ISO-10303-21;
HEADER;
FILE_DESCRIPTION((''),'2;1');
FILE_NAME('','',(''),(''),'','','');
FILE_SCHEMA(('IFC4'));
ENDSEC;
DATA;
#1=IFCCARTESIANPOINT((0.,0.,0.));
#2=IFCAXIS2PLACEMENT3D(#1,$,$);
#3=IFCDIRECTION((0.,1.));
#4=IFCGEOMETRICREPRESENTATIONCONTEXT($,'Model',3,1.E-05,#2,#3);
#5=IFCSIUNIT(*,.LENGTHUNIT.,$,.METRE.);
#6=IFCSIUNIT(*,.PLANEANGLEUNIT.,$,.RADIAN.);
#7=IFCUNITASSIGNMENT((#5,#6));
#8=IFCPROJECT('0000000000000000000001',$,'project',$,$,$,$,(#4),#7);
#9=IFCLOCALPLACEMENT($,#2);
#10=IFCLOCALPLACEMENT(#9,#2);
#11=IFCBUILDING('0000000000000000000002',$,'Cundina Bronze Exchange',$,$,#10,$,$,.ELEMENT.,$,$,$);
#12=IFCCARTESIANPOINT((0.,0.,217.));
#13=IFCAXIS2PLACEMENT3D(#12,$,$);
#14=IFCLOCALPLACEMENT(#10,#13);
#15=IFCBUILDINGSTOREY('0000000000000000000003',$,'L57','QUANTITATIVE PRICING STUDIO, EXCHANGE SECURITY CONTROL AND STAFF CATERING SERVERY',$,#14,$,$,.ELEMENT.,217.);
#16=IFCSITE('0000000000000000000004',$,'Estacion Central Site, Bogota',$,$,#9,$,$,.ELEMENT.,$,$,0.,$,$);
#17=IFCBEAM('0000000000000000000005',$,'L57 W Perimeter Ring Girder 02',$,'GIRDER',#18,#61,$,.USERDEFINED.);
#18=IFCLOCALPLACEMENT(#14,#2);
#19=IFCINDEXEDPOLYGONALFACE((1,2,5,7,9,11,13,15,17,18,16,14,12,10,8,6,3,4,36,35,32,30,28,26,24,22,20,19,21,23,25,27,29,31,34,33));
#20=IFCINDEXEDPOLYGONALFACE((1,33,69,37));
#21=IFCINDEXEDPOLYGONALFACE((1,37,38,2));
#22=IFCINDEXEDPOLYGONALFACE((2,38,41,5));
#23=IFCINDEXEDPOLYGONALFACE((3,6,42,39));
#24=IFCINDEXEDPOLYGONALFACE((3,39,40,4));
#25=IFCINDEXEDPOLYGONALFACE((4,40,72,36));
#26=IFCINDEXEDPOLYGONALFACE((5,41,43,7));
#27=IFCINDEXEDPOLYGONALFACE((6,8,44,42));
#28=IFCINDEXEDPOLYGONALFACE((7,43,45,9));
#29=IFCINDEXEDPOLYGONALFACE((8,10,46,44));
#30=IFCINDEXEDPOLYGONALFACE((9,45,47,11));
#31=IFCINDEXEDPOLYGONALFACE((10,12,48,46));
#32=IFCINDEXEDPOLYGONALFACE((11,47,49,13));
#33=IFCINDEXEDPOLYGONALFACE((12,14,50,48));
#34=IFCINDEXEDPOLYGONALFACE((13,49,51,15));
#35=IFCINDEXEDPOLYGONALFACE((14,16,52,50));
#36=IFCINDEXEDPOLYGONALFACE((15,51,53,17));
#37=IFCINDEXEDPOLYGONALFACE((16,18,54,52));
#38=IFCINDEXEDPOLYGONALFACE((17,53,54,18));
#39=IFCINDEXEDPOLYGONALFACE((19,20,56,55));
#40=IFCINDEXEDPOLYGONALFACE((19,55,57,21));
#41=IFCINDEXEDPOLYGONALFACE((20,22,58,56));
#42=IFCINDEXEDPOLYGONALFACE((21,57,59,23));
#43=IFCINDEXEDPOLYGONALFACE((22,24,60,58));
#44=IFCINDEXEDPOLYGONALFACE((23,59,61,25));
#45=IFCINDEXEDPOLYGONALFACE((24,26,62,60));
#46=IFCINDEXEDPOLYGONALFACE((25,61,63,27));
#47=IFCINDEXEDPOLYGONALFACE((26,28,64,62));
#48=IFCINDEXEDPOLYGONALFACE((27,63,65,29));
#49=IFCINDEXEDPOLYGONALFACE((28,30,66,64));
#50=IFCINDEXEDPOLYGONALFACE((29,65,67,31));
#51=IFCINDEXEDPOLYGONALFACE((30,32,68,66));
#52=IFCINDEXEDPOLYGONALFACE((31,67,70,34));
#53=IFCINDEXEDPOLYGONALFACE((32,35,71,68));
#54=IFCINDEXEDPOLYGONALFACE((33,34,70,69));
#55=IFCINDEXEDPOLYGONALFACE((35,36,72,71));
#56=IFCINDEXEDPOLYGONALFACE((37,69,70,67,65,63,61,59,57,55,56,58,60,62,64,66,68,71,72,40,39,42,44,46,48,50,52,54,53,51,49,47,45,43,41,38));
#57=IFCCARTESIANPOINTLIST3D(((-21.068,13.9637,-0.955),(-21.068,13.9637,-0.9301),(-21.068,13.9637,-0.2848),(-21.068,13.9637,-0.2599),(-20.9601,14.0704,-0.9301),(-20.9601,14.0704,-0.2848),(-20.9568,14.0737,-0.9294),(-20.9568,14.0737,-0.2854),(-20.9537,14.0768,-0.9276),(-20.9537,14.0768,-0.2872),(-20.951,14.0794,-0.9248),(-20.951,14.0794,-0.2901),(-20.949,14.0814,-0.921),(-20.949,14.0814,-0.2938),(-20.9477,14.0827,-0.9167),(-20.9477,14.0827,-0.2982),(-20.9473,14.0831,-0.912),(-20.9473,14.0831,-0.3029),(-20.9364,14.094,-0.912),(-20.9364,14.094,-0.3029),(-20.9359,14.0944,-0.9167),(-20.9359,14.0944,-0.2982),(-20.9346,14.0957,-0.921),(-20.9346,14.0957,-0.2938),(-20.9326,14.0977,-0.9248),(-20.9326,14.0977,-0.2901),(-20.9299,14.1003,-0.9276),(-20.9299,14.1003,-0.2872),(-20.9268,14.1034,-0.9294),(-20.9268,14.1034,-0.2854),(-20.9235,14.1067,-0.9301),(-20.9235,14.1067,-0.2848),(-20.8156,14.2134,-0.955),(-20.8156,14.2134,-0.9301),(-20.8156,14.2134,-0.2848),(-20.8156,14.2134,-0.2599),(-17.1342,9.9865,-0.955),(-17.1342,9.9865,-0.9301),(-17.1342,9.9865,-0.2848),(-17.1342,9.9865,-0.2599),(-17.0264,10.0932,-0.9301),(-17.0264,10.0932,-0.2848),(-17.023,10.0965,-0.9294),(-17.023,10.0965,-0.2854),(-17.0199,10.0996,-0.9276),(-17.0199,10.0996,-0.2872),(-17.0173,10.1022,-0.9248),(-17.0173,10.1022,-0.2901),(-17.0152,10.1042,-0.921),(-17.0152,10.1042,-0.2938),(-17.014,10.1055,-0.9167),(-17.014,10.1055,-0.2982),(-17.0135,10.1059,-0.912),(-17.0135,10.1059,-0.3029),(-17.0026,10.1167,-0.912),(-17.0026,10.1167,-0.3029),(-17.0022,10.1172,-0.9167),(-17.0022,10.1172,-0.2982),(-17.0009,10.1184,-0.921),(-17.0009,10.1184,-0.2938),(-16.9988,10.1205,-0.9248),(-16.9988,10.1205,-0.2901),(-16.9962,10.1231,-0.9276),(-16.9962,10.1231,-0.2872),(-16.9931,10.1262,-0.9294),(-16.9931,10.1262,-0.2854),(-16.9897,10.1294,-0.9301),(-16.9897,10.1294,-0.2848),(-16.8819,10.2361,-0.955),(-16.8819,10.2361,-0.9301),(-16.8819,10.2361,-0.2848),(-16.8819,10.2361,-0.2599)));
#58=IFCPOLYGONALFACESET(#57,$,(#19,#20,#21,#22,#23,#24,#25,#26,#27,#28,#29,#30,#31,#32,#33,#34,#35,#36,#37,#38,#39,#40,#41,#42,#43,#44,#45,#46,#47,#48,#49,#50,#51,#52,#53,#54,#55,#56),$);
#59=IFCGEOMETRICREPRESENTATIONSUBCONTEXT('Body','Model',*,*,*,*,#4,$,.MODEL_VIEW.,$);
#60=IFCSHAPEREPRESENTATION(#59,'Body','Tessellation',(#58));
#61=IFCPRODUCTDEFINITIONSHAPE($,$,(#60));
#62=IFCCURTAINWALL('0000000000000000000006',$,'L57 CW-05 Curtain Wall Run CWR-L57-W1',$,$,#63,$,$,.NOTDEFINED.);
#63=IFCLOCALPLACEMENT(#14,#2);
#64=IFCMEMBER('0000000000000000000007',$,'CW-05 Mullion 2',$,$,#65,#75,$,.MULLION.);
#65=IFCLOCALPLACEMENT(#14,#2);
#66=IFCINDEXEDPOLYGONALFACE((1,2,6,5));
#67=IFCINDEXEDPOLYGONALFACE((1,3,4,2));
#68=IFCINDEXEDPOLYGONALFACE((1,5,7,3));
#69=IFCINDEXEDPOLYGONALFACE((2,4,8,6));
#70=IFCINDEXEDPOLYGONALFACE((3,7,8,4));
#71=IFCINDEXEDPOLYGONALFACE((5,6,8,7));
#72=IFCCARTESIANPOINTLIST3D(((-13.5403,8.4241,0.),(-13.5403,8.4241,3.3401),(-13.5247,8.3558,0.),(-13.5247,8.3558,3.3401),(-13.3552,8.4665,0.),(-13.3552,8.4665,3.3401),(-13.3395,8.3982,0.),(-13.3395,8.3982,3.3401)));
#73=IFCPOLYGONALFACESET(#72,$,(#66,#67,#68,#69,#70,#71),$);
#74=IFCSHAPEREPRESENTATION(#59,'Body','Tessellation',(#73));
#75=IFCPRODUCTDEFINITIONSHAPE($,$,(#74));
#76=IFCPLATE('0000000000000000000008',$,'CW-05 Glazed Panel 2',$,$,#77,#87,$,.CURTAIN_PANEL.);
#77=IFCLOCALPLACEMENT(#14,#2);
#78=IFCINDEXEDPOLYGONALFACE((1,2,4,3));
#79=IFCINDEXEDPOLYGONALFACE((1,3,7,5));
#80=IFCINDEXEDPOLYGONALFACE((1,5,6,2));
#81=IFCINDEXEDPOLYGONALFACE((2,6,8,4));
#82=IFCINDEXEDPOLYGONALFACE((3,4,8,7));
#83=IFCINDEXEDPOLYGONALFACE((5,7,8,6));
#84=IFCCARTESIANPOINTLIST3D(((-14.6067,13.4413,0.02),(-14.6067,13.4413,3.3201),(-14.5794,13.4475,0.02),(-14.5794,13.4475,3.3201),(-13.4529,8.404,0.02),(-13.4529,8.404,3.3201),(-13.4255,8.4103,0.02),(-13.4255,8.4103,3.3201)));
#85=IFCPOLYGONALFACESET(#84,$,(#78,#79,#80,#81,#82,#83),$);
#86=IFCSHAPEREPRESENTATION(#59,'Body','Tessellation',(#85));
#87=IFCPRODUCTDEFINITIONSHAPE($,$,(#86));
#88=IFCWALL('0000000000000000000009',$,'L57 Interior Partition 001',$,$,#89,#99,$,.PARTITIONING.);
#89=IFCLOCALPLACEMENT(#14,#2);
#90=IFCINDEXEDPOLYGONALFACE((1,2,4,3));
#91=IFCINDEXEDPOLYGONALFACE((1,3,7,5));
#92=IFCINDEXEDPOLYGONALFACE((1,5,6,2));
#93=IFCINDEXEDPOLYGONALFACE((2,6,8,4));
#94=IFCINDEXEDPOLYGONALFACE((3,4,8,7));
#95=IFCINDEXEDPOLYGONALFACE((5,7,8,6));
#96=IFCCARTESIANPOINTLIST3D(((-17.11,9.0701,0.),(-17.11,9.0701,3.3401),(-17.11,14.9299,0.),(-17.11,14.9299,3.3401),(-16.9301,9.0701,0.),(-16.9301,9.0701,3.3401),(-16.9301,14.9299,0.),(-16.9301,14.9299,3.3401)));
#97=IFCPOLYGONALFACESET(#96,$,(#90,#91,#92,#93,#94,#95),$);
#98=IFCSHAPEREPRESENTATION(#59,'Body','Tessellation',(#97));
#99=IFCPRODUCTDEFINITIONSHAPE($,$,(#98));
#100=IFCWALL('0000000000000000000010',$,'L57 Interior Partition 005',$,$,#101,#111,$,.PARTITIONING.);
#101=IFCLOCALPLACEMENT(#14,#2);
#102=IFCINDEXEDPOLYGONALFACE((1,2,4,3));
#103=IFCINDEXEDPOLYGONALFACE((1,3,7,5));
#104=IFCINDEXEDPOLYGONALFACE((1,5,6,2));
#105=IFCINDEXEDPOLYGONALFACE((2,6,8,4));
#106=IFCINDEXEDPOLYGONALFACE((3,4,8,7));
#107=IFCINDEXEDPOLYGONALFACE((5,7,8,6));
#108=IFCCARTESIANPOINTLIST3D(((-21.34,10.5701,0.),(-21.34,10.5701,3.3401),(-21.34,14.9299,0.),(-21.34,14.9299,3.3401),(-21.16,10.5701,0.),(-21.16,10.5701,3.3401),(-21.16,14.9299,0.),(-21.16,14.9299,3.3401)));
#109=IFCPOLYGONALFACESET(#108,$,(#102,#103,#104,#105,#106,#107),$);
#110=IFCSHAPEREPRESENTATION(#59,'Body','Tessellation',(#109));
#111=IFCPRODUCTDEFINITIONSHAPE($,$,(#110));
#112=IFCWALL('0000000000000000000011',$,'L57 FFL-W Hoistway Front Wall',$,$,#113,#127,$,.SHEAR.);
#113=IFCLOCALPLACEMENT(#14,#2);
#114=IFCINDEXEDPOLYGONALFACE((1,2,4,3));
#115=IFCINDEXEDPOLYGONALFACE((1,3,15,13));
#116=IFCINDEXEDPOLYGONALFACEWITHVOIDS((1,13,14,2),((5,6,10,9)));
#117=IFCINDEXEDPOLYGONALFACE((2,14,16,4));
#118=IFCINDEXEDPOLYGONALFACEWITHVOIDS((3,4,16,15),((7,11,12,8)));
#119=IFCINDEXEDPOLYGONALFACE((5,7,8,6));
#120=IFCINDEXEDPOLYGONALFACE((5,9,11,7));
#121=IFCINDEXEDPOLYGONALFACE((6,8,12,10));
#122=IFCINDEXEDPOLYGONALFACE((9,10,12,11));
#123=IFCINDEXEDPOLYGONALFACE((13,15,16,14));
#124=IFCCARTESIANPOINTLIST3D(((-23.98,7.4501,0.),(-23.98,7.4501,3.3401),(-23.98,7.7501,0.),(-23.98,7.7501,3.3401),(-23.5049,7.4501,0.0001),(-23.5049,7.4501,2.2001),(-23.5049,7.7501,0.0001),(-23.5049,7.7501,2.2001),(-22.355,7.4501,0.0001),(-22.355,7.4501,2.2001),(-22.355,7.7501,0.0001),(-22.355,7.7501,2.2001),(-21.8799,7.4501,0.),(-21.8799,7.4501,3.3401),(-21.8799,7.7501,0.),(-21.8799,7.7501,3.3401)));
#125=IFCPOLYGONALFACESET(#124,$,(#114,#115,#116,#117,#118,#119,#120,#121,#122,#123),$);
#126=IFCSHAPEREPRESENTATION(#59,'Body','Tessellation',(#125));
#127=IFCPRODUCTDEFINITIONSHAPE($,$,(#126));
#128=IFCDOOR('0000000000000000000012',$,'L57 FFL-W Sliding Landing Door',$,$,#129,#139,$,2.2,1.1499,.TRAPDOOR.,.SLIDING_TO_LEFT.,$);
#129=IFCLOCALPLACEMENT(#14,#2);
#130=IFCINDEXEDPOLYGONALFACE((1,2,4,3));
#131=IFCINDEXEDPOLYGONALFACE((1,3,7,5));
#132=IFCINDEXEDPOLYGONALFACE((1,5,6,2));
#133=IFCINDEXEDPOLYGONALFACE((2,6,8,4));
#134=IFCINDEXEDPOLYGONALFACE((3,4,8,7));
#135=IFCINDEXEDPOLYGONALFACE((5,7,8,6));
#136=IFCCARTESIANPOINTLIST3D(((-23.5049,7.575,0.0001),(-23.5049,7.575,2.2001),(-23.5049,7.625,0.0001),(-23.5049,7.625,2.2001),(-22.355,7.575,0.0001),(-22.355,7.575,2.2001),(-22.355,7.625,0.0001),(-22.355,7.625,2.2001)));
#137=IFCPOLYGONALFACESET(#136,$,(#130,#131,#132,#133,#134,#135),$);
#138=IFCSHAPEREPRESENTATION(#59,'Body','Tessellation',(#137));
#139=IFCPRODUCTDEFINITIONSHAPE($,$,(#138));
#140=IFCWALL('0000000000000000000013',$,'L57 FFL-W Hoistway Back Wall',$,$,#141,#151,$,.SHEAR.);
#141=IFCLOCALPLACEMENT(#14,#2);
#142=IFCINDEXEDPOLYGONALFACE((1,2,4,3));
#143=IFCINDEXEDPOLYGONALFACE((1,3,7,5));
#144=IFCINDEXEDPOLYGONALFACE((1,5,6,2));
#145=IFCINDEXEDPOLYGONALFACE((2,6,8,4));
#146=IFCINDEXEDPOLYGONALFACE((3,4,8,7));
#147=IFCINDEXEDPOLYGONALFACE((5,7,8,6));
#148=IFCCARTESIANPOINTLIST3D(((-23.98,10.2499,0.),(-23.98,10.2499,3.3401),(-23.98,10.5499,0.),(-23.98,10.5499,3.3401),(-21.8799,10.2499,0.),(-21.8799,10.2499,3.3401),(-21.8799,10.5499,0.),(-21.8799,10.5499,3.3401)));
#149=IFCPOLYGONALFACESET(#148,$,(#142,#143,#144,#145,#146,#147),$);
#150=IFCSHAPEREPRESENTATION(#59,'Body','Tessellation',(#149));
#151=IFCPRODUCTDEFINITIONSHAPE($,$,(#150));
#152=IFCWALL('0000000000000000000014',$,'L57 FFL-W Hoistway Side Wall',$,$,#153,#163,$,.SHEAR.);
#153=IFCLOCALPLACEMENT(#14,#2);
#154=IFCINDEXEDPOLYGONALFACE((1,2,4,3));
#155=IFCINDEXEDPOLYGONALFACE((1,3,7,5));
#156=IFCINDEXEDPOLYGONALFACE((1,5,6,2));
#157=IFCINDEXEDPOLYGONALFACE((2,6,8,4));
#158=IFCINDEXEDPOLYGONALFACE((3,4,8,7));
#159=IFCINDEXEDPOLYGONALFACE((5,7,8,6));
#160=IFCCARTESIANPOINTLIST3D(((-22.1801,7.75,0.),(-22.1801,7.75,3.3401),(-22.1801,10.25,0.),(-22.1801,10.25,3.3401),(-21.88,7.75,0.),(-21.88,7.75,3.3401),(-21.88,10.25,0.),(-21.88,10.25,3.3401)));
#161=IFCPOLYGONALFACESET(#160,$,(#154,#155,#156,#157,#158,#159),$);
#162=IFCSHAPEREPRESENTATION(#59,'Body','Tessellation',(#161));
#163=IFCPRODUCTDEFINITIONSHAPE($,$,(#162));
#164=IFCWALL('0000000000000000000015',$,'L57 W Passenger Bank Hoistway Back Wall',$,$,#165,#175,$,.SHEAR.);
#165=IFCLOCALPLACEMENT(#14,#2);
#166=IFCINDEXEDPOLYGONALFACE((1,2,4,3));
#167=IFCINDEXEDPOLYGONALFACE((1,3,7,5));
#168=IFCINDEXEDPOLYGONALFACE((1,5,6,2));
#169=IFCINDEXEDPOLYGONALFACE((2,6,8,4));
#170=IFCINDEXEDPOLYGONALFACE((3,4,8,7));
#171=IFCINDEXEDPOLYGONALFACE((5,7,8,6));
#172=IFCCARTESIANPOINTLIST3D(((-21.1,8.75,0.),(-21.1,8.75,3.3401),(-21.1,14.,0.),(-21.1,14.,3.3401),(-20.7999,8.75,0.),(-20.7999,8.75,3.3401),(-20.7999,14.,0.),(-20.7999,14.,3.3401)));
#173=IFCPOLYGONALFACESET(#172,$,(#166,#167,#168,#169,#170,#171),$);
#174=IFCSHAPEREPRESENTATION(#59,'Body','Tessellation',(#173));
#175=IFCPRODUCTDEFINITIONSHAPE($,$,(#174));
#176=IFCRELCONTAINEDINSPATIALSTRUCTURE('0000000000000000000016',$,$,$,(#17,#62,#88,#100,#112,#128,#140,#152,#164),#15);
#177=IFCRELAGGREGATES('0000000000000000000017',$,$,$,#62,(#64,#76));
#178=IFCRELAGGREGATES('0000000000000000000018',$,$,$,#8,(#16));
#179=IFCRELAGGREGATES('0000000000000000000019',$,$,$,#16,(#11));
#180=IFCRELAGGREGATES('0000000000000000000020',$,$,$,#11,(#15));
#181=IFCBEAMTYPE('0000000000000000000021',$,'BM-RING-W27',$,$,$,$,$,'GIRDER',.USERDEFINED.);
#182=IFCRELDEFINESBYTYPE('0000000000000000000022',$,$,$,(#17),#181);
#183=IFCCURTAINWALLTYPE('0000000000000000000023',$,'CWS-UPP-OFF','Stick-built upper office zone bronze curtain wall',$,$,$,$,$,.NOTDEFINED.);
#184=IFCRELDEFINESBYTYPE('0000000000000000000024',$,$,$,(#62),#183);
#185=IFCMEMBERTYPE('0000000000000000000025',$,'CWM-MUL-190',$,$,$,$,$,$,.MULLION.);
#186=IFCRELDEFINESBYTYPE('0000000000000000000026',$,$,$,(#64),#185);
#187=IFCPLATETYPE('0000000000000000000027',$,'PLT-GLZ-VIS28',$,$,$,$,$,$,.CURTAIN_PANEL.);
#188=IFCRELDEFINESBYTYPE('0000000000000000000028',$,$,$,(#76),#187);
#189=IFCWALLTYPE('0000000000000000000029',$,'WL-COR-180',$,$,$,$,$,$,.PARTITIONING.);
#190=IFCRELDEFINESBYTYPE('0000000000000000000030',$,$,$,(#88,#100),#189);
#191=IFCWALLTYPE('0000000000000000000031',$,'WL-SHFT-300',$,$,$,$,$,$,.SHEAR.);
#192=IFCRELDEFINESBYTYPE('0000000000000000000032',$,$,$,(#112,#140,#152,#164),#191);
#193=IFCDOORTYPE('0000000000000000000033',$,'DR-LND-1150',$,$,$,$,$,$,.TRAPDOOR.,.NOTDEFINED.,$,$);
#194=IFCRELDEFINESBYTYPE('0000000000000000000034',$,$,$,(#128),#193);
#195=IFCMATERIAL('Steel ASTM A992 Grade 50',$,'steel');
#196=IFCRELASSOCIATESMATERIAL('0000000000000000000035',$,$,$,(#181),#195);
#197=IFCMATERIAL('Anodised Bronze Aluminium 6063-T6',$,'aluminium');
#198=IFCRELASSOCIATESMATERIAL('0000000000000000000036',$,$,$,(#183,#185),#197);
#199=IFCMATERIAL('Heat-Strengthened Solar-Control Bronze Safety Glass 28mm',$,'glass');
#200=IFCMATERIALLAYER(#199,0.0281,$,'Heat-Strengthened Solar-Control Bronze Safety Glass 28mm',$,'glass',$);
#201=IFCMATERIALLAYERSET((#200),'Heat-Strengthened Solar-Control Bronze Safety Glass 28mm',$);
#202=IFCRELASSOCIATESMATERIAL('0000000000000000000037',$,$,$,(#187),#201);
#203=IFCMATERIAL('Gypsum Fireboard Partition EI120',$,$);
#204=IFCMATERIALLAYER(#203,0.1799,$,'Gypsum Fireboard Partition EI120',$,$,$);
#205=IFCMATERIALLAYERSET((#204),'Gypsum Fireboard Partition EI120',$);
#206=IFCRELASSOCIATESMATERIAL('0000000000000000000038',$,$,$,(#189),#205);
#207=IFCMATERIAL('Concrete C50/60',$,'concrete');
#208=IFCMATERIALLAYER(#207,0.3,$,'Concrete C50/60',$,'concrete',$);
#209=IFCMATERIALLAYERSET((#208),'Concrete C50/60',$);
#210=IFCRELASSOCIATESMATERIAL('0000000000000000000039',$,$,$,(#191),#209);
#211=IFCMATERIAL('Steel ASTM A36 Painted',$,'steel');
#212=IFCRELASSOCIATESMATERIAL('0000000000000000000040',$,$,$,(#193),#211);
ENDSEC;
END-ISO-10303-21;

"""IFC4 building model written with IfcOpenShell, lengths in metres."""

from ifc_helpers import new_model, si_unit, direction, frame, frame_2d, origin, origin_2d, place, context, subcontext, project, spatial, rectangle, i_section, extrude, material, layer, layer_set, material_profile, profile_set, type_object, element, fill, aggregate, save


model = new_model("IFC4")

# Units and contexts
model_context = context("Model", 3, precision=1e-05, world=origin(), true_north=direction((0.0, 1.0)))
body_context = subcontext(model_context, "Body", "Model", "MODEL_VIEW")
ifc_project = project(units=[si_unit("LENGTHUNIT", "METRE"), si_unit("PLANEANGLEUNIT", "RADIAN")], contexts=[model_context])

# Site, building, storey
site_placement = place(None, origin())
site = spatial("IfcSite", under=ifc_project, at=site_placement, Name="Estacion Central Site, Bogota", CompositionType="ELEMENT", RefElevation=0.0)
building_placement = place(site_placement, origin())
building = spatial("IfcBuilding", under=site, at=building_placement, Name="Cundina Bronze Exchange", CompositionType="ELEMENT")
storey_placement = place(building_placement, frame((0.0, 0.0, 217.0)))
storey = spatial("IfcBuildingStorey", under=building, at=storey_placement, Name="L57", Description="QUANTITATIVE PRICING STUDIO, EXCHANGE SECURITY CONTROL AND STAFF CATERING SERVERY", CompositionType="ELEMENT", Elevation=217.0)

# Shared definitions
ifc_material_1 = material(Name="Concrete C50/60", Category="concrete")

# Beam
ifc_material_2 = material(Name="Steel ASTM A992 Grade 50", Category="steel")
ifc_material_profile_1 = material_profile(ifc_material_2, i_section(OverallWidth=0.355, OverallDepth=0.6951, WebThickness=0.0154, FlangeThickness=0.0249, FilletRadius=0.0181, at=origin_2d()), Name="W27X146", Category="steel")
ifc_profile_set_1 = profile_set([ifc_material_profile_1], Name="Steel ASTM A992 Grade 50")
beam_type_1 = type_object("IfcBeamType", Name="BM-RING-W27", ElementType="GIRDER", PredefinedType="USERDEFINED", material=ifc_profile_set_1)
beam_1_placement = place(storey_placement, frame((-17.0081, 10.1113, -0.6074), z_axis=(-0.703212, 0.71098, 0.0), x_axis=(-0.71098, -0.703212, 0.0)))
element("IfcBeam", 1, at=beam_1_placement, inside=storey, type_object=beam_type_1, Name="L57 W Perimeter Ring Girder 02", ObjectType="GIRDER", PredefinedType="USERDEFINED", context=body_context, shape_type="SweptSolid", body=[
    extrude(i_section(OverallWidth=0.355, OverallDepth=0.6951, WebThickness=0.0154, FlangeThickness=0.0249, FilletRadius=0.0181, at=origin_2d()), origin(), (0.0, 0.0, 1.0), 5.594),
])

# Curtain wall, member, plate
ifc_material_3 = material(Name="Anodised Bronze Aluminium 6063-T6", Category="aluminium")
curtain_wall_type = type_object("IfcCurtainWallType", Name="CWS-UPP-OFF", Description="Stick-built upper office zone bronze curtain wall", PredefinedType="NOTDEFINED", material=ifc_material_3)
curtain_wall_placement = place(storey_placement, origin())
curtain_wall = element("IfcCurtainWall", 2, at=curtain_wall_placement, inside=storey, type_object=curtain_wall_type, Name="L57 CW-05 Curtain Wall Run CWR-L57-W1", PredefinedType="NOTDEFINED")
ifc_material_profile_2 = material_profile(ifc_material_3, rectangle(XDim=0.0701, YDim=0.1899, at=origin_2d()), Name="AL70X190", Category="aluminium")
ifc_profile_set_2 = profile_set([ifc_material_profile_2], Name="Anodised Bronze Aluminium 6063-T6")
member_type = type_object("IfcMemberType", Name="CWM-MUL-190", PredefinedType="MULLION", material=ifc_profile_set_2)
member_placement = place(storey_placement, frame((-13.4399, 8.4111, 0.0), z_axis=(0.0, 0.0, 1.0), x_axis=(-0.22325, 0.974761, 0.0)))
member = element("IfcMember", 3, at=member_placement, type_object=member_type, Name="CW-05 Mullion 2", PredefinedType="MULLION", context=body_context, shape_type="SweptSolid", body=[
    extrude(rectangle(XDim=0.0701, YDim=0.1899, at=origin_2d()), origin(), (0.0, 0.0, 1.0), 3.3401),
])
ifc_material_4 = material(Name="Heat-Strengthened Solar-Control Bronze Safety Glass 28mm", Category="glass")
ifc_layer_1 = layer(ifc_material_4, 0.0281, Name="Heat-Strengthened Solar-Control Bronze Safety Glass 28mm", Category="glass")
ifc_layer_set_1 = layer_set([ifc_layer_1], Name="Heat-Strengthened Solar-Control Bronze Safety Glass 28mm")
plate_type = type_object("IfcPlateType", Name="PLT-GLZ-VIS28", PredefinedType="CURTAIN_PANEL", material=ifc_layer_set_1)
plate_placement = place(storey_placement, frame((-14.0161, 10.9258, 0.02), z_axis=(0.0, 0.0, 1.0), x_axis=(-0.223284, 0.974753, 0.0)))
plate = element("IfcPlate", 4, at=plate_placement, type_object=plate_type, Name="CW-05 Glazed Panel 2", PredefinedType="CURTAIN_PANEL", context=body_context, shape_type="SweptSolid", body=[
    extrude(rectangle(XDim=5.1677, YDim=0.0281, at=origin_2d()), origin(), (0.0, 0.0, 1.0), 3.3),
])
aggregate(curtain_wall, [member, plate])

# Walls
ifc_material_5 = material(Name="Gypsum Fireboard Partition EI120")
ifc_layer_2 = layer(ifc_material_5, 0.1799, Name="Gypsum Fireboard Partition EI120")
ifc_layer_set_2 = layer_set([ifc_layer_2], Name="Gypsum Fireboard Partition EI120")
wall_type_1 = type_object("IfcWallType", Name="WL-COR-180", PredefinedType="PARTITIONING", material=ifc_layer_set_2)
wall_1_placement = place(storey_placement, frame((-17.02, 9.0701, 0.0), z_axis=(0.0, 0.0, 1.0), x_axis=(0.0, 1.0, 0.0)))
element("IfcWall", 5, at=wall_1_placement, inside=storey, type_object=wall_type_1, Name="L57 Interior Partition 001", PredefinedType="PARTITIONING", context=body_context, shape_type="SweptSolid", body=[
    extrude(rectangle(XDim=5.8599, YDim=0.1799, at=frame_2d((2.9299, 0.0))), origin(), (0.0, 0.0, 1.0), 3.3401),
])
wall_2_placement = place(storey_placement, frame((-21.25, 10.5701, 0.0), z_axis=(0.0, 0.0, 1.0), x_axis=(0.0, 1.0, 0.0)))
element("IfcWall", 6, at=wall_2_placement, inside=storey, type_object=wall_type_1, Name="L57 Interior Partition 005", PredefinedType="PARTITIONING", context=body_context, shape_type="SweptSolid", body=[
    extrude(rectangle(XDim=4.3599, YDim=0.1799, at=frame_2d((2.1799, 0.0))), origin(), (0.0, 0.0, 1.0), 3.3401),
])

# Wall, opening, door
ifc_layer_3 = layer(ifc_material_1, 0.3, Name="Concrete C50/60", Category="concrete")
ifc_layer_set_3 = layer_set([ifc_layer_3], Name="Concrete C50/60")
wall_type_2 = type_object("IfcWallType", Name="WL-SHFT-300", PredefinedType="SHEAR", material=ifc_layer_set_3)
wall_3_placement = place(storey_placement, frame((-23.98, 7.6001, 0.0), z_axis=(0.0, 0.0, 1.0), x_axis=(1.0, 0.0, 0.0)))
wall_3 = element("IfcWall", 7, at=wall_3_placement, inside=storey, type_object=wall_type_2, Name="L57 FFL-W Hoistway Front Wall", PredefinedType="SHEAR", context=body_context, shape_type="SweptSolid", body=[
    extrude(rectangle(XDim=2.1001, YDim=0.3, at=frame_2d((1.05, 0.0))), origin(), (0.0, 0.0, 1.0), 3.3401),
])
opening_1_placement = place(wall_3_placement, frame((0.4751, 0.0, 0.0)))
opening_1 = element("IfcOpeningElement", 8, at=opening_1_placement, cuts=wall_3, PredefinedType="OPENING", context=body_context, shape_type="SweptSolid", body=[
    extrude(rectangle(XDim=1.1499, YDim=2.2, at=frame_2d((0.575, 1.1001))), frame((0.0, 0.1599, 0.0), z_axis=(0.0, -1.0, 0.0), x_axis=(1.0, 0.0, 0.0)), (0.0, 0.0, 1.0), 0.3201),
])
ifc_material_6 = material(Name="Steel ASTM A36 Painted", Category="steel")
door_type = type_object("IfcDoorType", Name="DR-LND-1150", OperationType="NOTDEFINED", PredefinedType="TRAPDOOR", material=ifc_material_6)
door_1_placement = place(opening_1_placement, origin())
door_1 = element("IfcDoor", 9, at=door_1_placement, inside=storey, type_object=door_type, Name="L57 FFL-W Sliding Landing Door", OperationType="SLIDING_TO_LEFT", OverallHeight=2.2, OverallWidth=1.1499, PredefinedType="TRAPDOOR", context=body_context, shape_type="SweptSolid", body=[
    extrude(rectangle(XDim=1.1499, YDim=2.2, at=frame_2d((0.575, 1.1001))), frame((0.0, 0.0249, 0.0), z_axis=(0.0, -1.0, 0.0), x_axis=(1.0, 0.0, 0.0)), (0.0, 0.0, 1.0), 0.05),
])
fill(opening_1, door_1)

# Walls
wall_4_placement = place(storey_placement, frame((-23.98, 10.3999, 0.0), z_axis=(0.0, 0.0, 1.0), x_axis=(1.0, 0.0, 0.0)))
element("IfcWall", 10, at=wall_4_placement, inside=storey, type_object=wall_type_2, Name="L57 FFL-W Hoistway Back Wall", PredefinedType="SHEAR", context=body_context, shape_type="SweptSolid", body=[
    extrude(rectangle(XDim=2.1001, YDim=0.3, at=frame_2d((1.05, 0.0))), origin(), (0.0, 0.0, 1.0), 3.3401),
])
wall_5_placement = place(storey_placement, frame((-22.03, 7.75, 0.0), z_axis=(0.0, 0.0, 1.0), x_axis=(0.0, 1.0, 0.0)))
element("IfcWall", 11, at=wall_5_placement, inside=storey, type_object=wall_type_2, Name="L57 FFL-W Hoistway Side Wall", PredefinedType="SHEAR", context=body_context, shape_type="SweptSolid", body=[
    extrude(rectangle(XDim=2.5, YDim=0.3, at=frame_2d((1.25, 0.0))), origin(), (0.0, 0.0, 1.0), 3.3401),
])
wall_6_placement = place(storey_placement, frame((-20.95, 8.75, 0.0), z_axis=(0.0, 0.0, 1.0), x_axis=(0.0, 1.0, 0.0)))
element("IfcWall", 12, at=wall_6_placement, inside=storey, type_object=wall_type_2, Name="L57 W Passenger Bank Hoistway Back Wall", PredefinedType="SHEAR", context=body_context, shape_type="SweptSolid", body=[
    extrude(rectangle(XDim=5.25, YDim=0.3, at=frame_2d((2.625, 0.0))), origin(), (0.0, 0.0, 1.0), 3.3401),
])

save(model, "model.ifc")
